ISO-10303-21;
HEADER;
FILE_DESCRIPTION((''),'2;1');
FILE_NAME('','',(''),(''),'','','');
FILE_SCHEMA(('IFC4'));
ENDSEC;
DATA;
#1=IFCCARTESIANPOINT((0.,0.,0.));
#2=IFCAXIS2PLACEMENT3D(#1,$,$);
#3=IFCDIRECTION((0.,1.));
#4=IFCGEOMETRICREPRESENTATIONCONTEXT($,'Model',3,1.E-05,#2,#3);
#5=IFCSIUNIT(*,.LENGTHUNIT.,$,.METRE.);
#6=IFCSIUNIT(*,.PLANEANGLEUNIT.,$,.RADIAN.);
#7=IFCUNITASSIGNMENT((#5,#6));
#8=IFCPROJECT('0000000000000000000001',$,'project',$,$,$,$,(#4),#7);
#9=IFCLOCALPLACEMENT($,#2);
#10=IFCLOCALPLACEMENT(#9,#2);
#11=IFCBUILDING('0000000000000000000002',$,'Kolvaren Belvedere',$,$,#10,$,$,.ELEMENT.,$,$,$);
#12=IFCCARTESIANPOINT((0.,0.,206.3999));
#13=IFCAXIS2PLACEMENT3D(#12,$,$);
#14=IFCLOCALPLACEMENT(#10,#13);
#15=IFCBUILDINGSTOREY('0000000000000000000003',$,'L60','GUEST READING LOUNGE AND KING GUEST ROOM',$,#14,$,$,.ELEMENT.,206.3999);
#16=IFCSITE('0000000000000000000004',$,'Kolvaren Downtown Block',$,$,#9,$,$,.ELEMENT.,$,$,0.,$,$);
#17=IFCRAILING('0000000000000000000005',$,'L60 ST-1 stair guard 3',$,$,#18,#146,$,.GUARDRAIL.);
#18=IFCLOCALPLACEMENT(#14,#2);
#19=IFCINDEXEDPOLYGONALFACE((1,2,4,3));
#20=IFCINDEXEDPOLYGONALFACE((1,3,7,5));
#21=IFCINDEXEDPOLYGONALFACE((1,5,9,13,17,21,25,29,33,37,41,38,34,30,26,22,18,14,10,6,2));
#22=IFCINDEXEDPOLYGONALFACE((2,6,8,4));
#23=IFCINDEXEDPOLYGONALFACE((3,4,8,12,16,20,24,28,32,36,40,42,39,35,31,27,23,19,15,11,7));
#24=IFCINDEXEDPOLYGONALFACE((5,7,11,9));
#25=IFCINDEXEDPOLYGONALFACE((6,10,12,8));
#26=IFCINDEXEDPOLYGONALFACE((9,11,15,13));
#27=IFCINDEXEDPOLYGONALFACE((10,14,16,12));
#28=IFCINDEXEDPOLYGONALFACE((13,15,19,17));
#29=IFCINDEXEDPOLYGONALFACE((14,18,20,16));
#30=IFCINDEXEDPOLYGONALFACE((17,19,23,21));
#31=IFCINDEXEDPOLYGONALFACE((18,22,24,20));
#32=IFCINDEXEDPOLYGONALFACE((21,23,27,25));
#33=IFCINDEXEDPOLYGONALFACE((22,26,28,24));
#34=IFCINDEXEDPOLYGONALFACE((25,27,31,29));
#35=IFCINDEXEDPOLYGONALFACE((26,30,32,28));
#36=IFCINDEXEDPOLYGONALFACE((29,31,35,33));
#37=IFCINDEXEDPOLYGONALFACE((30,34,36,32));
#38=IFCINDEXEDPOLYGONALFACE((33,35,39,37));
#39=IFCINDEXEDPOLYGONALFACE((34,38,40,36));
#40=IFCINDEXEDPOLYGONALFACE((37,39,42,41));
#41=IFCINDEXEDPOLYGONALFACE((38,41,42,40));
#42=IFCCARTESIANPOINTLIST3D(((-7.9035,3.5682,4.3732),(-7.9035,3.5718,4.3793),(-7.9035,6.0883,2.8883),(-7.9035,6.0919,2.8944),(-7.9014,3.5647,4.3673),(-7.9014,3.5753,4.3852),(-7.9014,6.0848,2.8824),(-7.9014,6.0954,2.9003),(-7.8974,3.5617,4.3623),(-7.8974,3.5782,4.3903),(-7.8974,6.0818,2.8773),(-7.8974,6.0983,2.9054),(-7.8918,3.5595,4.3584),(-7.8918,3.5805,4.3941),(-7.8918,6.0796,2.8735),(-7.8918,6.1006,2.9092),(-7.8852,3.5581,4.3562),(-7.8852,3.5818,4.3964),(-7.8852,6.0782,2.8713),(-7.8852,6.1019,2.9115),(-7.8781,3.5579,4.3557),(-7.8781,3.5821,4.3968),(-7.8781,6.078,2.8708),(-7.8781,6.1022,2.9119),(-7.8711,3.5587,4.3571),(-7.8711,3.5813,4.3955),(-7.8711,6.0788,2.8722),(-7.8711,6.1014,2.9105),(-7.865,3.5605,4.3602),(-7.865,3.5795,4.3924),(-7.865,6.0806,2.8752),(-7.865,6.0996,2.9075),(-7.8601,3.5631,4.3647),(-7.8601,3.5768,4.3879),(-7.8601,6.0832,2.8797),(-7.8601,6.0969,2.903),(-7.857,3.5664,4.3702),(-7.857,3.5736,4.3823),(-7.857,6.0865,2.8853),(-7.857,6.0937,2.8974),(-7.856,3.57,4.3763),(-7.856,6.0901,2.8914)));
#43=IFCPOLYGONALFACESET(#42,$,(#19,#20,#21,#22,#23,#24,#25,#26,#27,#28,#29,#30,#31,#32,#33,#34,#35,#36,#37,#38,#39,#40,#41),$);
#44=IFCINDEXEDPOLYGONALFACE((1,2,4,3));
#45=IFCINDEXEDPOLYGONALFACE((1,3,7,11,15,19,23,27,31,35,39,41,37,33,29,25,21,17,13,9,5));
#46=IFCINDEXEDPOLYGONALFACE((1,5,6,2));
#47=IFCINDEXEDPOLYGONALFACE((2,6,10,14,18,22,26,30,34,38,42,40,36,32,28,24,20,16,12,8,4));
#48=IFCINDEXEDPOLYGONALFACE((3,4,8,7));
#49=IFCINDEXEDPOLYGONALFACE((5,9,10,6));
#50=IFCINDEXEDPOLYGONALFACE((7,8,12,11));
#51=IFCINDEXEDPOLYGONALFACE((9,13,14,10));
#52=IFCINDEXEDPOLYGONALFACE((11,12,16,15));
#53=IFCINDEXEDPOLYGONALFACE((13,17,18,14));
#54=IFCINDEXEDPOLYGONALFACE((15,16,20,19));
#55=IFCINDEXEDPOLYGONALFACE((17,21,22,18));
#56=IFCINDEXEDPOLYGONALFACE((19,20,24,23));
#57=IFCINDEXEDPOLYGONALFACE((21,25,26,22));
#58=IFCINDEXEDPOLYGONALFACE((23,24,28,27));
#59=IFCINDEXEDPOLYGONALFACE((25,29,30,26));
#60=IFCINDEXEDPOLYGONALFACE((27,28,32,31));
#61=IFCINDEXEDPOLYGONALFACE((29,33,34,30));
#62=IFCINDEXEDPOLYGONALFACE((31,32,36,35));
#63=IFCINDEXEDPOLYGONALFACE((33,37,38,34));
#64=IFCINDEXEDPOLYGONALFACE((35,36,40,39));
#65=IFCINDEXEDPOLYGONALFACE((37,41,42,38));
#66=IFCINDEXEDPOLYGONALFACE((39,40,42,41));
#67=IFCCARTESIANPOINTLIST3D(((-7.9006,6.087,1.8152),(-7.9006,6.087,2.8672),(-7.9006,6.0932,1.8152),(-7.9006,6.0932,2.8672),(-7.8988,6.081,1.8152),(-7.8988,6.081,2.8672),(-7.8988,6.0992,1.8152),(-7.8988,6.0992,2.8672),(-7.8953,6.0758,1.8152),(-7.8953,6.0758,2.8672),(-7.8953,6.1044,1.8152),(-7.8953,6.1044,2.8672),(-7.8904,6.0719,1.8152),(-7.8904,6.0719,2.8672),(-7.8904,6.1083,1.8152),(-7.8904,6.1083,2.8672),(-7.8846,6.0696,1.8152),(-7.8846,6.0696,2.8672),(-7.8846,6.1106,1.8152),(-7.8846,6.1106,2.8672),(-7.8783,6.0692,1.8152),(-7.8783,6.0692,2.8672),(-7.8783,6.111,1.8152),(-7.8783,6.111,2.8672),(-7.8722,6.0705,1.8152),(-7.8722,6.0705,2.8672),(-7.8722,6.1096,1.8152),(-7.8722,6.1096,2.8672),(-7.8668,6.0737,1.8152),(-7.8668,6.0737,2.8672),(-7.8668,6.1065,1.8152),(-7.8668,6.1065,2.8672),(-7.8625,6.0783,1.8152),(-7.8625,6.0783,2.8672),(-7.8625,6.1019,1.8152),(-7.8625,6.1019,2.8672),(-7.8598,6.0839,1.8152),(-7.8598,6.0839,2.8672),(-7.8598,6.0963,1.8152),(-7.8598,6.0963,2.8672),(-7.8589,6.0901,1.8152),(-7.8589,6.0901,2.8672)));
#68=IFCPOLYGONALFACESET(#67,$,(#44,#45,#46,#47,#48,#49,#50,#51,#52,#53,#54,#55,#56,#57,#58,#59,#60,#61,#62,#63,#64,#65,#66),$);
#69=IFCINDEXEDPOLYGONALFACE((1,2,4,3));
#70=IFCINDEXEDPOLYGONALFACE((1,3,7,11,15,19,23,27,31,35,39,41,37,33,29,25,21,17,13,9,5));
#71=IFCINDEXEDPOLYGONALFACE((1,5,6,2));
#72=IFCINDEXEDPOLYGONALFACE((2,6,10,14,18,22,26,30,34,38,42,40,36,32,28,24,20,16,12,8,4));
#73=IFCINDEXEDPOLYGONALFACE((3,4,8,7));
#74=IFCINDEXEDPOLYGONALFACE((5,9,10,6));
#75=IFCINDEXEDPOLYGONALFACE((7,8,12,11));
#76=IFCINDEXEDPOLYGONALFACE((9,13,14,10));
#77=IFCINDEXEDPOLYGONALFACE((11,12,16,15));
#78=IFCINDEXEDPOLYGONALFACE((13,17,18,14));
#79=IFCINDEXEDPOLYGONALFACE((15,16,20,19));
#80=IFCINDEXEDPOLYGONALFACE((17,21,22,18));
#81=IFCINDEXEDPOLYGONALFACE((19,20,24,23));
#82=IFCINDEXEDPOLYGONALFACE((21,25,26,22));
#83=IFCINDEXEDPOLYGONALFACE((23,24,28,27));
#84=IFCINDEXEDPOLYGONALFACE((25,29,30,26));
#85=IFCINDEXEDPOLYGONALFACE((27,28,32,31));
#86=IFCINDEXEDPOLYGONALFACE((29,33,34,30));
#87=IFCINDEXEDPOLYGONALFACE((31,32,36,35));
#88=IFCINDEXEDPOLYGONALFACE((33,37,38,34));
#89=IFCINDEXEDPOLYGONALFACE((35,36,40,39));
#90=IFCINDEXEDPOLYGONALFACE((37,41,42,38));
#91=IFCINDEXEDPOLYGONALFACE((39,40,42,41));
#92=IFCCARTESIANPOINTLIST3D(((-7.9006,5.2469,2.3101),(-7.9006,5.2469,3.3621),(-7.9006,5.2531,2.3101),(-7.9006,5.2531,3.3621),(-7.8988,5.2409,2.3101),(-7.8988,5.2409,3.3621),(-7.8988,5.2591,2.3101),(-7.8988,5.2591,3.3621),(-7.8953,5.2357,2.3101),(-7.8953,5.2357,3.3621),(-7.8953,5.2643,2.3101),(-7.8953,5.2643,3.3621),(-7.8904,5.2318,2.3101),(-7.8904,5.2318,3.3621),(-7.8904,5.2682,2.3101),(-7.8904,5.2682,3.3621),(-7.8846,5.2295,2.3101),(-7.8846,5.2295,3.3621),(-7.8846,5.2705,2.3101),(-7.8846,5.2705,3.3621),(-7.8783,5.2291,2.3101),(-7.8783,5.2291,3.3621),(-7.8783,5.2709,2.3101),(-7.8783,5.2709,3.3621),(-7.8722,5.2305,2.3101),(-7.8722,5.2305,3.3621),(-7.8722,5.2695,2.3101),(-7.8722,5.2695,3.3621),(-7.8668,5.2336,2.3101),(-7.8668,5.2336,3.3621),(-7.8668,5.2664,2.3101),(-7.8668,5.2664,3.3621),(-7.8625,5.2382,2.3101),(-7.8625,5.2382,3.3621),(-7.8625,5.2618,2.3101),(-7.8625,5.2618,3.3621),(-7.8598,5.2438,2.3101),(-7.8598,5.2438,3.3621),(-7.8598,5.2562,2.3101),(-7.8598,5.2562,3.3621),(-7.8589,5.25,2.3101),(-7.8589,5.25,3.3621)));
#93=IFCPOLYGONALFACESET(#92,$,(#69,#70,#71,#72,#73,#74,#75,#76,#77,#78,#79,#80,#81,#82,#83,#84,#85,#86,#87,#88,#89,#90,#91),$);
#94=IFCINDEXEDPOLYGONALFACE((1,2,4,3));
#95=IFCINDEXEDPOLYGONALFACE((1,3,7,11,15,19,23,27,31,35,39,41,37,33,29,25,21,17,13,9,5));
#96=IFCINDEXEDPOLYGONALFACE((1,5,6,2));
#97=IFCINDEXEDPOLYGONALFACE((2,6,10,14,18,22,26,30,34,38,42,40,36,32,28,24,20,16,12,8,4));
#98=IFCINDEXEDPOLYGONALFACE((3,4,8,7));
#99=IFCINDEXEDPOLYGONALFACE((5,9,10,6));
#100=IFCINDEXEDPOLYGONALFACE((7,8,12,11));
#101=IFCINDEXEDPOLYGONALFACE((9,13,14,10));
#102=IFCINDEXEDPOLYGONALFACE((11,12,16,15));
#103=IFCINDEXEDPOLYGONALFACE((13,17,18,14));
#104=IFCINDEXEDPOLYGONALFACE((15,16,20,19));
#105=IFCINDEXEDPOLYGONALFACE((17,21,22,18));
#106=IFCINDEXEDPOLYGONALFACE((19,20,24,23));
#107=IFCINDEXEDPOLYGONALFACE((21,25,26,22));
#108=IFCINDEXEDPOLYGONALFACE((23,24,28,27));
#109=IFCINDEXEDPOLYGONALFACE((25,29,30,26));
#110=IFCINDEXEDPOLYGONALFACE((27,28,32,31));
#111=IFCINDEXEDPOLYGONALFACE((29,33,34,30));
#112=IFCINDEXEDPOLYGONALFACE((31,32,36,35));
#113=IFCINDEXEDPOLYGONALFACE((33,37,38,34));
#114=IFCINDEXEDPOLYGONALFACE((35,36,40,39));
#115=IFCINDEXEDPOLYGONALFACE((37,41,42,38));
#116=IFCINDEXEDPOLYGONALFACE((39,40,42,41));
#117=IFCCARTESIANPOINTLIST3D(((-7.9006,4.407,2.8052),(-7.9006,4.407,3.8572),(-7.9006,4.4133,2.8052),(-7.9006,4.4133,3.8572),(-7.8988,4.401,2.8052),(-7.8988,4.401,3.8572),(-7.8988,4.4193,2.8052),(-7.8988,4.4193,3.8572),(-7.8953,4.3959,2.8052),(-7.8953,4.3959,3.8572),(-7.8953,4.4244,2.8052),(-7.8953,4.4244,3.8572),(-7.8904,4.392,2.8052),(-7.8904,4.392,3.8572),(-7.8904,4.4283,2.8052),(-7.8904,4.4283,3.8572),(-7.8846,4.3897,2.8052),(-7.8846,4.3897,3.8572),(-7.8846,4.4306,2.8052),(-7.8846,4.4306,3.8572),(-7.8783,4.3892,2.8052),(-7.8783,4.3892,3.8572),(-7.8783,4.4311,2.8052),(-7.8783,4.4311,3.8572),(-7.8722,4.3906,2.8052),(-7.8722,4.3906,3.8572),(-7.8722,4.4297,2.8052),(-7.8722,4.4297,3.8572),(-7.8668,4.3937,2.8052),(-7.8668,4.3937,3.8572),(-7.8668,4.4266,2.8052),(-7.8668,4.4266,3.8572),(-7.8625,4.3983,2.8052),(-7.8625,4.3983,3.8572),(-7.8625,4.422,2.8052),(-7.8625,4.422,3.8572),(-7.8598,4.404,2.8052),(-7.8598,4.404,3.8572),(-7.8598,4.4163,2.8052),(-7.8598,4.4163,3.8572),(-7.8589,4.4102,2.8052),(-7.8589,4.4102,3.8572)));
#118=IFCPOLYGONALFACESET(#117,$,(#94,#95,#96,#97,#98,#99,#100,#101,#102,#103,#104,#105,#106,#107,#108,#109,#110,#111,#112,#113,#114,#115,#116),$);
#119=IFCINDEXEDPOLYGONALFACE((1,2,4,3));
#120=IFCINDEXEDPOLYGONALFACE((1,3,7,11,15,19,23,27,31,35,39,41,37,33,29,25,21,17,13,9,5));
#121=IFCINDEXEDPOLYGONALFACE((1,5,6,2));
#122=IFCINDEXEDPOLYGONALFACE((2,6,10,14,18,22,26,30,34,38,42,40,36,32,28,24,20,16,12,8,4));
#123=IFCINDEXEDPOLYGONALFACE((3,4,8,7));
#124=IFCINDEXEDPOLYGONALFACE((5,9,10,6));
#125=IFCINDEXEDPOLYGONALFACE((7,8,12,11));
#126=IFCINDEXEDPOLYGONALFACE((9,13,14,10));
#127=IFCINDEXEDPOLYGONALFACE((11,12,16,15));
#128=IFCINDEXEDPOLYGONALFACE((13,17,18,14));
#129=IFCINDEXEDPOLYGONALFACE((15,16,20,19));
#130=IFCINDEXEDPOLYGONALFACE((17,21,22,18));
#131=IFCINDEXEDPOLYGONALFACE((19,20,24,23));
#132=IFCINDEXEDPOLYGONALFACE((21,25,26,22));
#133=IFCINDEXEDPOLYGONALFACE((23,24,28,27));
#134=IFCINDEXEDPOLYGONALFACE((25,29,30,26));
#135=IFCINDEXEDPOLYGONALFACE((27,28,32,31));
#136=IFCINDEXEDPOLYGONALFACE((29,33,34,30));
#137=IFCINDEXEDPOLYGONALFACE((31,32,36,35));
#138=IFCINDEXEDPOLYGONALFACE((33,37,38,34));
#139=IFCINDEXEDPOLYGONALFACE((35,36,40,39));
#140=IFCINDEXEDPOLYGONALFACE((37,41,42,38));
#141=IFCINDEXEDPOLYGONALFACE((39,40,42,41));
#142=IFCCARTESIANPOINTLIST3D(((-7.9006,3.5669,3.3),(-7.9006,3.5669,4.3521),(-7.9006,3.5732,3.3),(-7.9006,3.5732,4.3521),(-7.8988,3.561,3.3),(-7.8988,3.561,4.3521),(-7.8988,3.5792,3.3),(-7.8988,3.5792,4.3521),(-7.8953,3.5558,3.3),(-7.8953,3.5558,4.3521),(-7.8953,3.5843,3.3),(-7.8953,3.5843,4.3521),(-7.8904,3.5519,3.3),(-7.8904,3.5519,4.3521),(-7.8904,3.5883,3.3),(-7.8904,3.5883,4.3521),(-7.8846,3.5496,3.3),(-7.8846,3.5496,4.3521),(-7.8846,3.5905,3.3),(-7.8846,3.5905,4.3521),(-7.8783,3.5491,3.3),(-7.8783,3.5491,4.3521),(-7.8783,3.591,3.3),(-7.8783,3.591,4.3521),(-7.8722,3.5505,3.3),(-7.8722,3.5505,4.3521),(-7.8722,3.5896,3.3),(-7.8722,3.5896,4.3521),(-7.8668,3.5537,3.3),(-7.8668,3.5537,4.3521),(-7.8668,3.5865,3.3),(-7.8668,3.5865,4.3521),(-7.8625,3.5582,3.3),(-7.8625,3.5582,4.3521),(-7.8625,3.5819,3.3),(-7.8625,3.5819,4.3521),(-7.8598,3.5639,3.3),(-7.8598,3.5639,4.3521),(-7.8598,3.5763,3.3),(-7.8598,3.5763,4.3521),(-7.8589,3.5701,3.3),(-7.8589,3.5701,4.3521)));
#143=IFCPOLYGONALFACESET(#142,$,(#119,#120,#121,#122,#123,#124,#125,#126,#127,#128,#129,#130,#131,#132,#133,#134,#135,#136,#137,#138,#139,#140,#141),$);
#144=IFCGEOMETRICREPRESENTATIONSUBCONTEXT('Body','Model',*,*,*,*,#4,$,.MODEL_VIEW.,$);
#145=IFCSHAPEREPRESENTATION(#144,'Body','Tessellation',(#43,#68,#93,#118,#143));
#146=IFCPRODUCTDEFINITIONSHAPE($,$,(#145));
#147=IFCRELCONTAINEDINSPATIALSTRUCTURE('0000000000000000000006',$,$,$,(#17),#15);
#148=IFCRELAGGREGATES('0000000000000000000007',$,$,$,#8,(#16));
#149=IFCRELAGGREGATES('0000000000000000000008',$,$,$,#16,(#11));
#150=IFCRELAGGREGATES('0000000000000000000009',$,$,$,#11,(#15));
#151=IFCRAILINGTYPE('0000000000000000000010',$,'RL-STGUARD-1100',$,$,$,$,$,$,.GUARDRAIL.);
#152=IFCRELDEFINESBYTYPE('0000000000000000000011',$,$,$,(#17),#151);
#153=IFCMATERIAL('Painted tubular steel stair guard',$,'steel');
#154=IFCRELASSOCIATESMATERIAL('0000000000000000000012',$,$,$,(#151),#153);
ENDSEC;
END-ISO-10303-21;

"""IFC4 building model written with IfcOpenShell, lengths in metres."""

from ifc_helpers import new_model, si_unit, direction, frame, origin, origin_2d, place, context, subcontext, project, spatial, circle, extrude, material, type_object, element, save


model = new_model("IFC4")

# Units and contexts
model_context = context("Model", 3, precision=1e-05, world=origin(), true_north=direction((0.0, 1.0)))
body_context = subcontext(model_context, "Body", "Model", "MODEL_VIEW")
ifc_project = project(units=[si_unit("LENGTHUNIT", "METRE"), si_unit("PLANEANGLEUNIT", "RADIAN")], contexts=[model_context])

# Site, building, storey
site_placement = place(None, origin())
site = spatial("IfcSite", under=ifc_project, at=site_placement, Name="Kolvaren Downtown Block", CompositionType="ELEMENT", RefElevation=0.0)
building_placement = place(site_placement, origin())
building = spatial("IfcBuilding", under=site, at=building_placement, Name="Kolvaren Belvedere", CompositionType="ELEMENT")
storey_placement = place(building_placement, frame((0.0, 0.0, 206.3999)))
storey = spatial("IfcBuildingStorey", under=building, at=storey_placement, Name="L60", Description="GUEST READING LOUNGE AND KING GUEST ROOM", CompositionType="ELEMENT", Elevation=206.3999)

# Railing
ifc_material_1 = material(Name="Painted tubular steel stair guard", Category="steel")
railing_type_1 = type_object("IfcRailingType", Name="RL-STGUARD-1100", PredefinedType="GUARDRAIL", material=ifc_material_1)
railing_1_placement = place(storey_placement, frame((-7.8799, 6.0901, 1.8152)))
element("IfcRailing", 1, at=railing_1_placement, inside=storey, type_object=railing_type_1, Name="L60 ST-1 stair guard 3", PredefinedType="GUARDRAIL", context=body_context, shape_type="SweptSolid", body=[
    extrude(circle(Radius=0.0239, at=origin_2d()), frame((0.0, 0.0, 1.0762), z_axis=(0.0, -0.861561, 0.507655), x_axis=(1.0, 0.0, 0.0)), (0.0, 0.0, 1.0), 2.925),
    extrude(circle(Radius=0.021, at=origin_2d()), origin(), (0.0, 0.0, 1.0), 1.052),
    extrude(circle(Radius=0.021, at=origin_2d()), frame((0.0, -0.8401, 0.4949)), (0.0, 0.0, 1.0), 1.052),
    extrude(circle(Radius=0.021, at=origin_2d()), frame((0.0, -1.6799, 0.99)), (0.0, 0.0, 1.0), 1.052),
    extrude(circle(Radius=0.021, at=origin_2d()), frame((0.0, -2.52, 1.4849)), (0.0, 0.0, 1.0), 1.052),
])

save(model, "model.ifc")
